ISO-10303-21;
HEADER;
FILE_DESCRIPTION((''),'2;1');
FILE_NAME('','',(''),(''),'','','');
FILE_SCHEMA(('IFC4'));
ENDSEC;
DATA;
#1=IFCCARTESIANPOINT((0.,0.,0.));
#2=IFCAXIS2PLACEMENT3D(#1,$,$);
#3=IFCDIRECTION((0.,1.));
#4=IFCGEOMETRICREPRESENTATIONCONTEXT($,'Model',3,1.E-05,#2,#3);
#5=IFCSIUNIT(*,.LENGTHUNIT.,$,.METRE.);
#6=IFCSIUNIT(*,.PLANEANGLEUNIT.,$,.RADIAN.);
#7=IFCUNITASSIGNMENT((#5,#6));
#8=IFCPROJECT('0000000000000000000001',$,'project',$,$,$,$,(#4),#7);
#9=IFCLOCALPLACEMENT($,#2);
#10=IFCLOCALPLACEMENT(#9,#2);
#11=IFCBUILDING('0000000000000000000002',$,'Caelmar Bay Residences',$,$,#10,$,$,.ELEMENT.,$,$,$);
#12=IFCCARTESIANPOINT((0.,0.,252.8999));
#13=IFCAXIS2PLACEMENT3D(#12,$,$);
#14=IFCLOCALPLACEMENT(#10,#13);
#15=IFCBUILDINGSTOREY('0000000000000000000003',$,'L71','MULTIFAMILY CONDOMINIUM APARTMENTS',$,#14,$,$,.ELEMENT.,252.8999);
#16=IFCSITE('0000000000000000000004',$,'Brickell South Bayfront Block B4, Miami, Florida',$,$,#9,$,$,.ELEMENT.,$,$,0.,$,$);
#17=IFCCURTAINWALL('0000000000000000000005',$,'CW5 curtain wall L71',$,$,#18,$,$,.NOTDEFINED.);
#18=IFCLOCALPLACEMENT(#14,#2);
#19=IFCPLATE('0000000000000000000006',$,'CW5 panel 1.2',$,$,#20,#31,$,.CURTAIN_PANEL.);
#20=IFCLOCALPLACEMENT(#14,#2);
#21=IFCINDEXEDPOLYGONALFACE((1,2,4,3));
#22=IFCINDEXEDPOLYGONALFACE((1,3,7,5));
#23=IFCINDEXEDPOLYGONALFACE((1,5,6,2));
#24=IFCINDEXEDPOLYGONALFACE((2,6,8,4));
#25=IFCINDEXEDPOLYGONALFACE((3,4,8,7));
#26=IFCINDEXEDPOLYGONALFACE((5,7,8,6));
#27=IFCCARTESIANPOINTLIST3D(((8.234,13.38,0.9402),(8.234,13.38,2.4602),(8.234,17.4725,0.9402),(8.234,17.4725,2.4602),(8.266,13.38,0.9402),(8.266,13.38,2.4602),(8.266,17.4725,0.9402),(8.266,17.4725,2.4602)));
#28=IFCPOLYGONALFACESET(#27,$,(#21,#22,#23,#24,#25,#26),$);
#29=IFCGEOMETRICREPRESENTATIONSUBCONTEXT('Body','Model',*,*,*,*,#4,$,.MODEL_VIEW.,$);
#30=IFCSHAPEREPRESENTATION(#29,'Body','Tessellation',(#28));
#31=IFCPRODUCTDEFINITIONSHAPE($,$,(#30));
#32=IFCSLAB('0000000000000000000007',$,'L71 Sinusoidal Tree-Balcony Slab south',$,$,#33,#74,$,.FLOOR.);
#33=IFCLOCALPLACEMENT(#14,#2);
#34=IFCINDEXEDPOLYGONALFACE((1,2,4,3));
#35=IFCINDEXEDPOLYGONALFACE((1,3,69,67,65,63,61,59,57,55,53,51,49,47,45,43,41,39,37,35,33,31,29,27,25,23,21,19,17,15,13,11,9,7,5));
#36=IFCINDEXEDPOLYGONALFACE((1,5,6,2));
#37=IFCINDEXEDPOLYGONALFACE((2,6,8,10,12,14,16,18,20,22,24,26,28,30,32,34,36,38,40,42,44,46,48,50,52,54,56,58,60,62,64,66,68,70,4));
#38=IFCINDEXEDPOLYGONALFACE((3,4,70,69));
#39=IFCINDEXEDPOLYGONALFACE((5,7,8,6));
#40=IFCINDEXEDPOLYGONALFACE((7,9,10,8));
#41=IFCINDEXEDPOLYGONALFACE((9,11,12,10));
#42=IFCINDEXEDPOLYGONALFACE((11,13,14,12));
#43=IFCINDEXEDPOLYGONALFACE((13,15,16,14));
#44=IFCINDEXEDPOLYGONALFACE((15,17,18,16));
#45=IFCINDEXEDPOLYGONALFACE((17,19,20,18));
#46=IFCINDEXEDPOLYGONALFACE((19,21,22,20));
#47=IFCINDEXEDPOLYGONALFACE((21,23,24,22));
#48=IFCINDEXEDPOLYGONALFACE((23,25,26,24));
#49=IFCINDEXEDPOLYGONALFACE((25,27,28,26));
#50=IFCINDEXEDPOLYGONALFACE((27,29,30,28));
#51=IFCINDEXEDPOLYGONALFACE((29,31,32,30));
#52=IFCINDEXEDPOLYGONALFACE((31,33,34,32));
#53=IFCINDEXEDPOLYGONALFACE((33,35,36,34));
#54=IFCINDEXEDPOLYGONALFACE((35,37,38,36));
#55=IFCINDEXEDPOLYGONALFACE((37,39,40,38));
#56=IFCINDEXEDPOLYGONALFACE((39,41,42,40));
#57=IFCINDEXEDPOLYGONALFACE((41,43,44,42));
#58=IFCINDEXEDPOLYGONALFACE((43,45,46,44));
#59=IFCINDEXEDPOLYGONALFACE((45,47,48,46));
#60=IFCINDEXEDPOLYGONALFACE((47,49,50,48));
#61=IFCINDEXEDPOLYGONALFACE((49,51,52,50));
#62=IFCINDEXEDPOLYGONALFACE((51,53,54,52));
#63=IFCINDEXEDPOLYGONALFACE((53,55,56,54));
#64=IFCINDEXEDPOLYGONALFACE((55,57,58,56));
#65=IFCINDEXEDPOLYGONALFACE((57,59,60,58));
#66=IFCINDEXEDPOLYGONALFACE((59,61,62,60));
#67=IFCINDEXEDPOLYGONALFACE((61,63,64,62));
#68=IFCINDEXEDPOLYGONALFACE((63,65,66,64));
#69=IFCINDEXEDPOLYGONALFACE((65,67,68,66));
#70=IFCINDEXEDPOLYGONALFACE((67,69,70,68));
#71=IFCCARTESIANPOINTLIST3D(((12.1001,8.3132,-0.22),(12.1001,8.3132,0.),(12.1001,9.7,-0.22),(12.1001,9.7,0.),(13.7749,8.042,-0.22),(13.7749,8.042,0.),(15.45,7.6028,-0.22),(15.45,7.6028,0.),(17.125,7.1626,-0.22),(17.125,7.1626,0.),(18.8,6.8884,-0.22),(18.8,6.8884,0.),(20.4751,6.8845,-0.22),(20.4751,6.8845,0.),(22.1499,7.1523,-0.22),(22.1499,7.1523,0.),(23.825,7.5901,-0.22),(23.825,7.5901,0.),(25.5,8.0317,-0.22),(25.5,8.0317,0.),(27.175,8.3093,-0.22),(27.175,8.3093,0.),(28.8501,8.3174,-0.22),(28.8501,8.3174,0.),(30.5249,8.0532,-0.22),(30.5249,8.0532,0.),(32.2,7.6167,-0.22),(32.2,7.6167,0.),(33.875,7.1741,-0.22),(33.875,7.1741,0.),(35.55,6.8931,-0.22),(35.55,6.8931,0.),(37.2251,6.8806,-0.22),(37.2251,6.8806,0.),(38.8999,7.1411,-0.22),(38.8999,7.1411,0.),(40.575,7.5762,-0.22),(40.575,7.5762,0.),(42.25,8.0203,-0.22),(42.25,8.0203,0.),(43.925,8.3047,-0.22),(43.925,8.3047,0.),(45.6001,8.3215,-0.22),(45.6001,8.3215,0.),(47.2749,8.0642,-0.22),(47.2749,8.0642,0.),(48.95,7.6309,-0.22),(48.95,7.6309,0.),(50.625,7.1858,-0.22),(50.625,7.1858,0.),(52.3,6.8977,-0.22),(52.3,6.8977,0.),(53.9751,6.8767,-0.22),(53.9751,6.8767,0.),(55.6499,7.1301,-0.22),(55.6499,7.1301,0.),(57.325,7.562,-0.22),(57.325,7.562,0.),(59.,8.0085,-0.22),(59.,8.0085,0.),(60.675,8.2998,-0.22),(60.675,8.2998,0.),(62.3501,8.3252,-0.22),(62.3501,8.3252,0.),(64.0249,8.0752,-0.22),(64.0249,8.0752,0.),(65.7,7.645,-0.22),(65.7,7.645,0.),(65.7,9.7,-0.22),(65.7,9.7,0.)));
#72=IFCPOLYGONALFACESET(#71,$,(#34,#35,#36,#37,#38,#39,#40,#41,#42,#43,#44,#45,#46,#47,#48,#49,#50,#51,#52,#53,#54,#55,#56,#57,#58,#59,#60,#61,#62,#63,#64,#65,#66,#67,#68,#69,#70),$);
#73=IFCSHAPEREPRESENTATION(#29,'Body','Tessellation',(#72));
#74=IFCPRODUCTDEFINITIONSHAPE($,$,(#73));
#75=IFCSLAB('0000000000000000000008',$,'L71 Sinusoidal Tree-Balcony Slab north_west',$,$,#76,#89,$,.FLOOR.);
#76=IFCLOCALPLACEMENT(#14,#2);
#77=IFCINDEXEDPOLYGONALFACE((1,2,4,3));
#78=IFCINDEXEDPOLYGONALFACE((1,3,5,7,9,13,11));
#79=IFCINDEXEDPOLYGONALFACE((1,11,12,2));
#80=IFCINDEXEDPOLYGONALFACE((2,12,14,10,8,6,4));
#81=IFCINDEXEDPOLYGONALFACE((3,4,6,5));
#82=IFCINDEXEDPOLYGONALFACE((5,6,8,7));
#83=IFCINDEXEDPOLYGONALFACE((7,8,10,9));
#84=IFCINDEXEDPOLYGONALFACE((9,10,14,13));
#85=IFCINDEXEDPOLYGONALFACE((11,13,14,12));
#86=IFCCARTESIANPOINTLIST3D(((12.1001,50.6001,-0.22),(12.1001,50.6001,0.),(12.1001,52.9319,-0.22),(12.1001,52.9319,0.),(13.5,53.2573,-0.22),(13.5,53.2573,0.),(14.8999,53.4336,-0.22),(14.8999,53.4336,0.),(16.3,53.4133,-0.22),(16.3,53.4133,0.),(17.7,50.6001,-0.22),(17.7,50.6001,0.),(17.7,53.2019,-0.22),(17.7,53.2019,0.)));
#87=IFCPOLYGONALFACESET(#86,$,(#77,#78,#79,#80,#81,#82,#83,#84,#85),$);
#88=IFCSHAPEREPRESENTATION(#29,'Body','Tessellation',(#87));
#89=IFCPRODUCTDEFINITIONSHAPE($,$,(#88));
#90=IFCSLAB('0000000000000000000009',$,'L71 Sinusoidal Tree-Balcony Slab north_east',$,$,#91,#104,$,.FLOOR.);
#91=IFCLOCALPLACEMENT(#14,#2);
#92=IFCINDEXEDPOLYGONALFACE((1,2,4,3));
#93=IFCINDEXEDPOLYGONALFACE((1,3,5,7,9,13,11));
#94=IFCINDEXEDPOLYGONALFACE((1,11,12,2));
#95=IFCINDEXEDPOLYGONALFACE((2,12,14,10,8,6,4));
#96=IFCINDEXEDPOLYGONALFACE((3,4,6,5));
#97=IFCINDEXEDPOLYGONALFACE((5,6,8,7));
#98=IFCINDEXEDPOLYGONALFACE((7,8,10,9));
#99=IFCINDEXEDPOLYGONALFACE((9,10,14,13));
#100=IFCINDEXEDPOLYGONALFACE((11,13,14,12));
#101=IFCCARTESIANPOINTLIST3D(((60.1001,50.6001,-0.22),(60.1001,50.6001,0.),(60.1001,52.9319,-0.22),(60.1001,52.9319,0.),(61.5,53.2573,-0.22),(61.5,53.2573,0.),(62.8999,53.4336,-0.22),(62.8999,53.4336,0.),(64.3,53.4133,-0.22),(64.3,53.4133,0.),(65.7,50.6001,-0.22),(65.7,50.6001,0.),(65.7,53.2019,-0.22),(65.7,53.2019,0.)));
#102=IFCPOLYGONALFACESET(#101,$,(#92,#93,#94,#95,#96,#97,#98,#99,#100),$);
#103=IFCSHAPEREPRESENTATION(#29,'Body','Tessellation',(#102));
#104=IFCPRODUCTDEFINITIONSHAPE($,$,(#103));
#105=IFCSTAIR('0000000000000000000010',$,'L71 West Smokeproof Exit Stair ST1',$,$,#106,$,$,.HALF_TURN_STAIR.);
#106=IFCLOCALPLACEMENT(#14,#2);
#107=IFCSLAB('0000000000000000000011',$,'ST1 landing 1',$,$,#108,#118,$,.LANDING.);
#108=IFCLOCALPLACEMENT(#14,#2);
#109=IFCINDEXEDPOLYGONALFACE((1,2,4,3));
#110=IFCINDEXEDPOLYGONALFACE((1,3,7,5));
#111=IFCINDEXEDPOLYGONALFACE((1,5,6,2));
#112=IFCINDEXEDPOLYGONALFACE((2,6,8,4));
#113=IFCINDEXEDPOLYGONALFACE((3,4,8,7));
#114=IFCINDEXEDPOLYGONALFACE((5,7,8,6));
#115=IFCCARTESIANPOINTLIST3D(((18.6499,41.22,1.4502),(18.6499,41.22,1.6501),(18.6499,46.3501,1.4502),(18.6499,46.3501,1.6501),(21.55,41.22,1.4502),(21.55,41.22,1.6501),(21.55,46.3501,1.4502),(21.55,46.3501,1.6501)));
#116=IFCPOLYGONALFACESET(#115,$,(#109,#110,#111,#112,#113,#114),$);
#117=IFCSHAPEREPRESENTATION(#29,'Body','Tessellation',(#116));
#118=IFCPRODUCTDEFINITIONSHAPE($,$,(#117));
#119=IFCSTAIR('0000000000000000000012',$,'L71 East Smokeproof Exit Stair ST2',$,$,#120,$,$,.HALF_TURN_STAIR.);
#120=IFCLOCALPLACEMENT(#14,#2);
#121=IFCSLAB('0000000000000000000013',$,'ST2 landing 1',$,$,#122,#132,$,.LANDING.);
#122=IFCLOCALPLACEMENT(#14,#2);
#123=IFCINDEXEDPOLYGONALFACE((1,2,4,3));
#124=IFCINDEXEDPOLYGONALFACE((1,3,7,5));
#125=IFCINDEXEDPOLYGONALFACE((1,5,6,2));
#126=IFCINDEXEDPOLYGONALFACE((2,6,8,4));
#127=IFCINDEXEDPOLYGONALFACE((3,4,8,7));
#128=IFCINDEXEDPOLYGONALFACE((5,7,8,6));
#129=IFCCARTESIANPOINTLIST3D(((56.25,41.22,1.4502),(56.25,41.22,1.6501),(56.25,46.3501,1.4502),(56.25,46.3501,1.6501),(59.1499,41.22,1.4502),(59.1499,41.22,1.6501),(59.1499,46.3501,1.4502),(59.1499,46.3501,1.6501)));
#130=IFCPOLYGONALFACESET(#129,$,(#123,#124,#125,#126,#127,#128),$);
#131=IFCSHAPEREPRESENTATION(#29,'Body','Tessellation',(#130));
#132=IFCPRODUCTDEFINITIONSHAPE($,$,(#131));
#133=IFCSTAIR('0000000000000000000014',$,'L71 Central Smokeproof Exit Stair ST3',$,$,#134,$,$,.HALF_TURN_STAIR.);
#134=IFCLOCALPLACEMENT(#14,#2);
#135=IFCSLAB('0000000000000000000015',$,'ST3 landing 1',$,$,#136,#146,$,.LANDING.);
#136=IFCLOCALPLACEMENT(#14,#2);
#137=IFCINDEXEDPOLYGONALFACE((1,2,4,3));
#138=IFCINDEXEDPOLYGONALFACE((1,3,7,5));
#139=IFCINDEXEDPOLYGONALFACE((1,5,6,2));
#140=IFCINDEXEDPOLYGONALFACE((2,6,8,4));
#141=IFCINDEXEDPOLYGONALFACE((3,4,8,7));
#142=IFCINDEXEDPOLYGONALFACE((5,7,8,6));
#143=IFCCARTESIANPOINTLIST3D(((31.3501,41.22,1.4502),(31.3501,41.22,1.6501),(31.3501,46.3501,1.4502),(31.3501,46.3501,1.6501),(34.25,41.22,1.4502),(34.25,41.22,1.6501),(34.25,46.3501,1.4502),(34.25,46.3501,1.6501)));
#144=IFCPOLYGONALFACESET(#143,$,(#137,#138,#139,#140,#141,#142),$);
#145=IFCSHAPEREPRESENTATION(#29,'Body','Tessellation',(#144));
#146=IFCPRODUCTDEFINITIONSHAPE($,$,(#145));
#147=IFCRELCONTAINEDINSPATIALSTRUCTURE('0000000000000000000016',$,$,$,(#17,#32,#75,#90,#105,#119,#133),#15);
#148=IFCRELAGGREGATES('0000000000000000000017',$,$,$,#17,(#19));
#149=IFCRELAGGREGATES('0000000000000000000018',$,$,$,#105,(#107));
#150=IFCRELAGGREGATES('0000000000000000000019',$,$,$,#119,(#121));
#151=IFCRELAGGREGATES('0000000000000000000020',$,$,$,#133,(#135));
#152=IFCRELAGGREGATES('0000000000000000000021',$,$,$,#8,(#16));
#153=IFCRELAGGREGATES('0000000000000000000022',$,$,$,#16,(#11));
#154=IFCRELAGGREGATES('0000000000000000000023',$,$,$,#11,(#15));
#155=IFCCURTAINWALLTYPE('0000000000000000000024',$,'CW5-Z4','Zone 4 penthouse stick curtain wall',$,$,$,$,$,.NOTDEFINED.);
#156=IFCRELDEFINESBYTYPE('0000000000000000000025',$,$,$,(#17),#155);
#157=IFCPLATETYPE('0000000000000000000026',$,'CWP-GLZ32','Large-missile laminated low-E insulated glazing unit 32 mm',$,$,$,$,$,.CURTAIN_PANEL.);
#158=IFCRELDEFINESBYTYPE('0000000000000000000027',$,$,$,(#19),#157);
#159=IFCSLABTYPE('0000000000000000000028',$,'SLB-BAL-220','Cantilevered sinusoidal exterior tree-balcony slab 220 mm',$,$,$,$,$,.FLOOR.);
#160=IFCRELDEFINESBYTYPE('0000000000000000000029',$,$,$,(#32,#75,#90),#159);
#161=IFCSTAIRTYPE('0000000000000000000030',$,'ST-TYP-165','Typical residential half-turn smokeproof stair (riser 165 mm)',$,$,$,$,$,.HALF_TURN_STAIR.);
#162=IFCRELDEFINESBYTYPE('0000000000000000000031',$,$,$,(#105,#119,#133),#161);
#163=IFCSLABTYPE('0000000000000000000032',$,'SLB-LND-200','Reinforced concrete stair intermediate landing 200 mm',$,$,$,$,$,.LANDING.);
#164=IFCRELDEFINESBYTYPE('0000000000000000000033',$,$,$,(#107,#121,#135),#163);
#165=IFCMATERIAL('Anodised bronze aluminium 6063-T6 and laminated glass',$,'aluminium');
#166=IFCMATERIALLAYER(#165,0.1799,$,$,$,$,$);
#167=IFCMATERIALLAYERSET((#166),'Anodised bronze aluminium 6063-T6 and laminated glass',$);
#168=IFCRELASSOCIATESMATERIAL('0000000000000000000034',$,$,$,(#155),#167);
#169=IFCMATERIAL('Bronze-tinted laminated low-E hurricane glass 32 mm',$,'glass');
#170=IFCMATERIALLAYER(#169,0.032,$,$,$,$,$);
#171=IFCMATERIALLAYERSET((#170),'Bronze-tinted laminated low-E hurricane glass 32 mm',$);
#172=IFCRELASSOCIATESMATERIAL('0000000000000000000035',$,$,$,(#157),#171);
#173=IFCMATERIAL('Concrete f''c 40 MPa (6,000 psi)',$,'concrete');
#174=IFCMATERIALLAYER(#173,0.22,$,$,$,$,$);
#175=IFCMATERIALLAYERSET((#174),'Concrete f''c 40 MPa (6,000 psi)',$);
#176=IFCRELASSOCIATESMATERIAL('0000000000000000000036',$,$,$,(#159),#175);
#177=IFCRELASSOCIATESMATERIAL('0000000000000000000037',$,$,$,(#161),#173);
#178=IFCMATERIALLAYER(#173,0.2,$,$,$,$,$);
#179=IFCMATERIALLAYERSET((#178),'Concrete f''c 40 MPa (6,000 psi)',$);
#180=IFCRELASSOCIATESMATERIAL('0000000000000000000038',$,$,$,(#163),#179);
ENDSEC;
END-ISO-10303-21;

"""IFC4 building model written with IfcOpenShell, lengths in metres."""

from ifc_helpers import new_model, si_unit, direction, frame, origin, origin_2d, place, context, subcontext, project, spatial, polyline, rectangle, outline, extrude, material, layer, layer_set, type_object, element, aggregate, save


model = new_model("IFC4")

# Units and contexts
model_context = context("Model", 3, precision=1e-05, world=origin(), true_north=direction((0.0, 1.0)))
body_context = subcontext(model_context, "Body", "Model", "MODEL_VIEW")
ifc_project = project(units=[si_unit("LENGTHUNIT", "METRE"), si_unit("PLANEANGLEUNIT", "RADIAN")], contexts=[model_context])

# Site, building, storey
site_placement = place(None, origin())
site = spatial("IfcSite", under=ifc_project, at=site_placement, Name="Brickell South Bayfront Block B4, Miami, Florida", CompositionType="ELEMENT", RefElevation=0.0)
building_placement = place(site_placement, origin())
building = spatial("IfcBuilding", under=site, at=building_placement, Name="Caelmar Bay Residences", CompositionType="ELEMENT")
storey_placement = place(building_placement, frame((0.0, 0.0, 252.8999)))
storey = spatial("IfcBuildingStorey", under=building, at=storey_placement, Name="L71", Description="MULTIFAMILY CONDOMINIUM APARTMENTS", CompositionType="ELEMENT", Elevation=252.8999)

# Curtain wall
ifc_material_1 = material(Name="Anodised bronze aluminium 6063-T6 and laminated glass", Category="aluminium")
ifc_layer_1 = layer(ifc_material_1, 0.1799)
ifc_layer_set_1 = layer_set([ifc_layer_1], Name="Anodised bronze aluminium 6063-T6 and laminated glass")
curtain_wall_type_1 = type_object("IfcCurtainWallType", Name="CW5-Z4", Description="Zone 4 penthouse stick curtain wall", PredefinedType="NOTDEFINED", material=ifc_layer_set_1)
curtain_wall_1_placement = place(storey_placement, origin())
curtain_wall_1 = element("IfcCurtainWall", 1, at=curtain_wall_1_placement, inside=storey, type_object=curtain_wall_type_1, Name="CW5 curtain wall L71", PredefinedType="NOTDEFINED")

# Plate
ifc_material_2 = material(Name="Bronze-tinted laminated low-E hurricane glass 32 mm", Category="glass")
ifc_layer_2 = layer(ifc_material_2, 0.032)
ifc_layer_set_2 = layer_set([ifc_layer_2], Name="Bronze-tinted laminated low-E hurricane glass 32 mm")
plate_type_1 = type_object("IfcPlateType", Name="CWP-GLZ32", Description="Large-missile laminated low-E insulated glazing unit 32 mm", PredefinedType="CURTAIN_PANEL", material=ifc_layer_set_2)
plate_1_placement = place(storey_placement, frame((8.25, 15.4263, 0.9402), z_axis=(0.0, 0.0, 1.0), x_axis=(0.0, 1.0, 0.0)))
plate_1 = element("IfcPlate", 2, at=plate_1_placement, type_object=plate_type_1, Name="CW5 panel 1.2", PredefinedType="CURTAIN_PANEL", context=body_context, shape_type="SweptSolid", body=[
    extrude(rectangle(XDim=4.0925, YDim=0.032, at=origin_2d()), origin(), (0.0, 0.0, 1.0), 1.52),
])
aggregate(curtain_wall_1, [plate_1])

# Slabs
ifc_material_3 = material(Name="Concrete f'c 40 MPa (6,000 psi)", Category="concrete")
ifc_layer_3 = layer(ifc_material_3, 0.22)
ifc_layer_set_3 = layer_set([ifc_layer_3], Name="Concrete f'c 40 MPa (6,000 psi)")
slab_type_1 = type_object("IfcSlabType", Name="SLB-BAL-220", Description="Cantilevered sinusoidal exterior tree-balcony slab 220 mm", PredefinedType="FLOOR", material=ifc_layer_set_3)
slab_1_placement = place(storey_placement, frame((0.0, 0.0, -0.22)))
element("IfcSlab", 3, at=slab_1_placement, inside=storey, type_object=slab_type_1, Name="L71 Sinusoidal Tree-Balcony Slab south", PredefinedType="FLOOR", context=body_context, shape_type="SweptSolid", body=[
    extrude(outline(polyline([(12.1001, 8.3132), (13.7749, 8.042), (15.45, 7.6028), (17.125, 7.1626), (18.8, 6.8884), (20.4751, 6.8845), (22.1499, 7.1523), (23.825, 7.5901), (25.5, 8.0317), (27.175, 8.3093), (28.8501, 8.3174), (30.5249, 8.0532), (32.2, 7.6167), (33.875, 7.1741), (35.55, 6.8931), (37.2251, 6.8806), (38.8999, 7.1411), (40.575, 7.5762), (42.25, 8.0203), (43.925, 8.3047), (45.6001, 8.3215), (47.2749, 8.0642), (48.95, 7.6309), (50.625, 7.1858), (52.3, 6.8977), (53.9751, 6.8767), (55.6499, 7.1301), (57.325, 7.562), (59.0, 8.0085), (60.675, 8.2998), (62.3501, 8.3252), (64.0249, 8.0752), (65.7, 7.645), (65.7, 9.7), (12.1001, 9.7), (12.1001, 8.3132)])), origin(), (0.0, 0.0, 1.0), 0.22),
])
slab_2_placement = place(storey_placement, frame((0.0, 0.0, -0.22)))
element("IfcSlab", 4, at=slab_2_placement, inside=storey, type_object=slab_type_1, Name="L71 Sinusoidal Tree-Balcony Slab north_west", PredefinedType="FLOOR", context=body_context, shape_type="SweptSolid", body=[
    extrude(outline(polyline([(12.1001, 50.6001), (17.7, 50.6001), (17.7, 53.2019), (16.3, 53.4133), (14.8999, 53.4336), (13.5, 53.2573), (12.1001, 52.9319), (12.1001, 50.6001)])), origin(), (0.0, 0.0, 1.0), 0.22),
])
slab_3_placement = place(storey_placement, frame((0.0, 0.0, -0.22)))
element("IfcSlab", 5, at=slab_3_placement, inside=storey, type_object=slab_type_1, Name="L71 Sinusoidal Tree-Balcony Slab north_east", PredefinedType="FLOOR", context=body_context, shape_type="SweptSolid", body=[
    extrude(outline(polyline([(60.1001, 50.6001), (65.7, 50.6001), (65.7, 53.2019), (64.3, 53.4133), (62.8999, 53.4336), (61.5, 53.2573), (60.1001, 52.9319), (60.1001, 50.6001)])), origin(), (0.0, 0.0, 1.0), 0.22),
])

# Stairs, slabs
stair_type = type_object("IfcStairType", Name="ST-TYP-165", Description="Typical residential half-turn smokeproof stair (riser 165 mm)", PredefinedType="HALF_TURN_STAIR", material=ifc_material_3)
stair_1_placement = place(storey_placement, origin())
stair_1 = element("IfcStair", 6, at=stair_1_placement, inside=storey, type_object=stair_type, Name="L71 West Smokeproof Exit Stair ST1", PredefinedType="HALF_TURN_STAIR")
ifc_layer_4 = layer(ifc_material_3, 0.2)
ifc_layer_set_4 = layer_set([ifc_layer_4], Name="Concrete f'c 40 MPa (6,000 psi)")
slab_type_2 = type_object("IfcSlabType", Name="SLB-LND-200", Description="Reinforced concrete stair intermediate landing 200 mm", PredefinedType="LANDING", material=ifc_layer_set_4)
slab_4_placement = place(storey_placement, frame((0.0, 0.0, 1.4502)))
slab_4 = element("IfcSlab", 7, at=slab_4_placement, type_object=slab_type_2, Name="ST1 landing 1", PredefinedType="LANDING", context=body_context, shape_type="SweptSolid", body=[
    extrude(outline(polyline([(21.55, 41.22), (21.55, 46.3501), (18.6499, 46.3501), (18.6499, 41.22), (21.55, 41.22)])), origin(), (0.0, 0.0, 1.0), 0.2),
])
aggregate(stair_1, [slab_4])
stair_2_placement = place(storey_placement, origin())
stair_2 = element("IfcStair", 8, at=stair_2_placement, inside=storey, type_object=stair_type, Name="L71 East Smokeproof Exit Stair ST2", PredefinedType="HALF_TURN_STAIR")
slab_5_placement = place(storey_placement, frame((0.0, 0.0, 1.4502)))
slab_5 = element("IfcSlab", 9, at=slab_5_placement, type_object=slab_type_2, Name="ST2 landing 1", PredefinedType="LANDING", context=body_context, shape_type="SweptSolid", body=[
    extrude(outline(polyline([(59.1499, 41.22), (59.1499, 46.3501), (56.25, 46.3501), (56.25, 41.22), (59.1499, 41.22)])), origin(), (0.0, 0.0, 1.0), 0.2),
])
aggregate(stair_2, [slab_5])
stair_3_placement = place(storey_placement, origin())
stair_3 = element("IfcStair", 10, at=stair_3_placement, inside=storey, type_object=stair_type, Name="L71 Central Smokeproof Exit Stair ST3", PredefinedType="HALF_TURN_STAIR")
slab_6_placement = place(storey_placement, frame((0.0, 0.0, 1.4502)))
slab_6 = element("IfcSlab", 11, at=slab_6_placement, type_object=slab_type_2, Name="ST3 landing 1", PredefinedType="LANDING", context=body_context, shape_type="SweptSolid", body=[
    extrude(outline(polyline([(34.25, 41.22), (34.25, 46.3501), (31.3501, 46.3501), (31.3501, 41.22), (34.25, 41.22)])), origin(), (0.0, 0.0, 1.0), 0.2),
])
aggregate(stair_3, [slab_6])

save(model, "model.ifc")
